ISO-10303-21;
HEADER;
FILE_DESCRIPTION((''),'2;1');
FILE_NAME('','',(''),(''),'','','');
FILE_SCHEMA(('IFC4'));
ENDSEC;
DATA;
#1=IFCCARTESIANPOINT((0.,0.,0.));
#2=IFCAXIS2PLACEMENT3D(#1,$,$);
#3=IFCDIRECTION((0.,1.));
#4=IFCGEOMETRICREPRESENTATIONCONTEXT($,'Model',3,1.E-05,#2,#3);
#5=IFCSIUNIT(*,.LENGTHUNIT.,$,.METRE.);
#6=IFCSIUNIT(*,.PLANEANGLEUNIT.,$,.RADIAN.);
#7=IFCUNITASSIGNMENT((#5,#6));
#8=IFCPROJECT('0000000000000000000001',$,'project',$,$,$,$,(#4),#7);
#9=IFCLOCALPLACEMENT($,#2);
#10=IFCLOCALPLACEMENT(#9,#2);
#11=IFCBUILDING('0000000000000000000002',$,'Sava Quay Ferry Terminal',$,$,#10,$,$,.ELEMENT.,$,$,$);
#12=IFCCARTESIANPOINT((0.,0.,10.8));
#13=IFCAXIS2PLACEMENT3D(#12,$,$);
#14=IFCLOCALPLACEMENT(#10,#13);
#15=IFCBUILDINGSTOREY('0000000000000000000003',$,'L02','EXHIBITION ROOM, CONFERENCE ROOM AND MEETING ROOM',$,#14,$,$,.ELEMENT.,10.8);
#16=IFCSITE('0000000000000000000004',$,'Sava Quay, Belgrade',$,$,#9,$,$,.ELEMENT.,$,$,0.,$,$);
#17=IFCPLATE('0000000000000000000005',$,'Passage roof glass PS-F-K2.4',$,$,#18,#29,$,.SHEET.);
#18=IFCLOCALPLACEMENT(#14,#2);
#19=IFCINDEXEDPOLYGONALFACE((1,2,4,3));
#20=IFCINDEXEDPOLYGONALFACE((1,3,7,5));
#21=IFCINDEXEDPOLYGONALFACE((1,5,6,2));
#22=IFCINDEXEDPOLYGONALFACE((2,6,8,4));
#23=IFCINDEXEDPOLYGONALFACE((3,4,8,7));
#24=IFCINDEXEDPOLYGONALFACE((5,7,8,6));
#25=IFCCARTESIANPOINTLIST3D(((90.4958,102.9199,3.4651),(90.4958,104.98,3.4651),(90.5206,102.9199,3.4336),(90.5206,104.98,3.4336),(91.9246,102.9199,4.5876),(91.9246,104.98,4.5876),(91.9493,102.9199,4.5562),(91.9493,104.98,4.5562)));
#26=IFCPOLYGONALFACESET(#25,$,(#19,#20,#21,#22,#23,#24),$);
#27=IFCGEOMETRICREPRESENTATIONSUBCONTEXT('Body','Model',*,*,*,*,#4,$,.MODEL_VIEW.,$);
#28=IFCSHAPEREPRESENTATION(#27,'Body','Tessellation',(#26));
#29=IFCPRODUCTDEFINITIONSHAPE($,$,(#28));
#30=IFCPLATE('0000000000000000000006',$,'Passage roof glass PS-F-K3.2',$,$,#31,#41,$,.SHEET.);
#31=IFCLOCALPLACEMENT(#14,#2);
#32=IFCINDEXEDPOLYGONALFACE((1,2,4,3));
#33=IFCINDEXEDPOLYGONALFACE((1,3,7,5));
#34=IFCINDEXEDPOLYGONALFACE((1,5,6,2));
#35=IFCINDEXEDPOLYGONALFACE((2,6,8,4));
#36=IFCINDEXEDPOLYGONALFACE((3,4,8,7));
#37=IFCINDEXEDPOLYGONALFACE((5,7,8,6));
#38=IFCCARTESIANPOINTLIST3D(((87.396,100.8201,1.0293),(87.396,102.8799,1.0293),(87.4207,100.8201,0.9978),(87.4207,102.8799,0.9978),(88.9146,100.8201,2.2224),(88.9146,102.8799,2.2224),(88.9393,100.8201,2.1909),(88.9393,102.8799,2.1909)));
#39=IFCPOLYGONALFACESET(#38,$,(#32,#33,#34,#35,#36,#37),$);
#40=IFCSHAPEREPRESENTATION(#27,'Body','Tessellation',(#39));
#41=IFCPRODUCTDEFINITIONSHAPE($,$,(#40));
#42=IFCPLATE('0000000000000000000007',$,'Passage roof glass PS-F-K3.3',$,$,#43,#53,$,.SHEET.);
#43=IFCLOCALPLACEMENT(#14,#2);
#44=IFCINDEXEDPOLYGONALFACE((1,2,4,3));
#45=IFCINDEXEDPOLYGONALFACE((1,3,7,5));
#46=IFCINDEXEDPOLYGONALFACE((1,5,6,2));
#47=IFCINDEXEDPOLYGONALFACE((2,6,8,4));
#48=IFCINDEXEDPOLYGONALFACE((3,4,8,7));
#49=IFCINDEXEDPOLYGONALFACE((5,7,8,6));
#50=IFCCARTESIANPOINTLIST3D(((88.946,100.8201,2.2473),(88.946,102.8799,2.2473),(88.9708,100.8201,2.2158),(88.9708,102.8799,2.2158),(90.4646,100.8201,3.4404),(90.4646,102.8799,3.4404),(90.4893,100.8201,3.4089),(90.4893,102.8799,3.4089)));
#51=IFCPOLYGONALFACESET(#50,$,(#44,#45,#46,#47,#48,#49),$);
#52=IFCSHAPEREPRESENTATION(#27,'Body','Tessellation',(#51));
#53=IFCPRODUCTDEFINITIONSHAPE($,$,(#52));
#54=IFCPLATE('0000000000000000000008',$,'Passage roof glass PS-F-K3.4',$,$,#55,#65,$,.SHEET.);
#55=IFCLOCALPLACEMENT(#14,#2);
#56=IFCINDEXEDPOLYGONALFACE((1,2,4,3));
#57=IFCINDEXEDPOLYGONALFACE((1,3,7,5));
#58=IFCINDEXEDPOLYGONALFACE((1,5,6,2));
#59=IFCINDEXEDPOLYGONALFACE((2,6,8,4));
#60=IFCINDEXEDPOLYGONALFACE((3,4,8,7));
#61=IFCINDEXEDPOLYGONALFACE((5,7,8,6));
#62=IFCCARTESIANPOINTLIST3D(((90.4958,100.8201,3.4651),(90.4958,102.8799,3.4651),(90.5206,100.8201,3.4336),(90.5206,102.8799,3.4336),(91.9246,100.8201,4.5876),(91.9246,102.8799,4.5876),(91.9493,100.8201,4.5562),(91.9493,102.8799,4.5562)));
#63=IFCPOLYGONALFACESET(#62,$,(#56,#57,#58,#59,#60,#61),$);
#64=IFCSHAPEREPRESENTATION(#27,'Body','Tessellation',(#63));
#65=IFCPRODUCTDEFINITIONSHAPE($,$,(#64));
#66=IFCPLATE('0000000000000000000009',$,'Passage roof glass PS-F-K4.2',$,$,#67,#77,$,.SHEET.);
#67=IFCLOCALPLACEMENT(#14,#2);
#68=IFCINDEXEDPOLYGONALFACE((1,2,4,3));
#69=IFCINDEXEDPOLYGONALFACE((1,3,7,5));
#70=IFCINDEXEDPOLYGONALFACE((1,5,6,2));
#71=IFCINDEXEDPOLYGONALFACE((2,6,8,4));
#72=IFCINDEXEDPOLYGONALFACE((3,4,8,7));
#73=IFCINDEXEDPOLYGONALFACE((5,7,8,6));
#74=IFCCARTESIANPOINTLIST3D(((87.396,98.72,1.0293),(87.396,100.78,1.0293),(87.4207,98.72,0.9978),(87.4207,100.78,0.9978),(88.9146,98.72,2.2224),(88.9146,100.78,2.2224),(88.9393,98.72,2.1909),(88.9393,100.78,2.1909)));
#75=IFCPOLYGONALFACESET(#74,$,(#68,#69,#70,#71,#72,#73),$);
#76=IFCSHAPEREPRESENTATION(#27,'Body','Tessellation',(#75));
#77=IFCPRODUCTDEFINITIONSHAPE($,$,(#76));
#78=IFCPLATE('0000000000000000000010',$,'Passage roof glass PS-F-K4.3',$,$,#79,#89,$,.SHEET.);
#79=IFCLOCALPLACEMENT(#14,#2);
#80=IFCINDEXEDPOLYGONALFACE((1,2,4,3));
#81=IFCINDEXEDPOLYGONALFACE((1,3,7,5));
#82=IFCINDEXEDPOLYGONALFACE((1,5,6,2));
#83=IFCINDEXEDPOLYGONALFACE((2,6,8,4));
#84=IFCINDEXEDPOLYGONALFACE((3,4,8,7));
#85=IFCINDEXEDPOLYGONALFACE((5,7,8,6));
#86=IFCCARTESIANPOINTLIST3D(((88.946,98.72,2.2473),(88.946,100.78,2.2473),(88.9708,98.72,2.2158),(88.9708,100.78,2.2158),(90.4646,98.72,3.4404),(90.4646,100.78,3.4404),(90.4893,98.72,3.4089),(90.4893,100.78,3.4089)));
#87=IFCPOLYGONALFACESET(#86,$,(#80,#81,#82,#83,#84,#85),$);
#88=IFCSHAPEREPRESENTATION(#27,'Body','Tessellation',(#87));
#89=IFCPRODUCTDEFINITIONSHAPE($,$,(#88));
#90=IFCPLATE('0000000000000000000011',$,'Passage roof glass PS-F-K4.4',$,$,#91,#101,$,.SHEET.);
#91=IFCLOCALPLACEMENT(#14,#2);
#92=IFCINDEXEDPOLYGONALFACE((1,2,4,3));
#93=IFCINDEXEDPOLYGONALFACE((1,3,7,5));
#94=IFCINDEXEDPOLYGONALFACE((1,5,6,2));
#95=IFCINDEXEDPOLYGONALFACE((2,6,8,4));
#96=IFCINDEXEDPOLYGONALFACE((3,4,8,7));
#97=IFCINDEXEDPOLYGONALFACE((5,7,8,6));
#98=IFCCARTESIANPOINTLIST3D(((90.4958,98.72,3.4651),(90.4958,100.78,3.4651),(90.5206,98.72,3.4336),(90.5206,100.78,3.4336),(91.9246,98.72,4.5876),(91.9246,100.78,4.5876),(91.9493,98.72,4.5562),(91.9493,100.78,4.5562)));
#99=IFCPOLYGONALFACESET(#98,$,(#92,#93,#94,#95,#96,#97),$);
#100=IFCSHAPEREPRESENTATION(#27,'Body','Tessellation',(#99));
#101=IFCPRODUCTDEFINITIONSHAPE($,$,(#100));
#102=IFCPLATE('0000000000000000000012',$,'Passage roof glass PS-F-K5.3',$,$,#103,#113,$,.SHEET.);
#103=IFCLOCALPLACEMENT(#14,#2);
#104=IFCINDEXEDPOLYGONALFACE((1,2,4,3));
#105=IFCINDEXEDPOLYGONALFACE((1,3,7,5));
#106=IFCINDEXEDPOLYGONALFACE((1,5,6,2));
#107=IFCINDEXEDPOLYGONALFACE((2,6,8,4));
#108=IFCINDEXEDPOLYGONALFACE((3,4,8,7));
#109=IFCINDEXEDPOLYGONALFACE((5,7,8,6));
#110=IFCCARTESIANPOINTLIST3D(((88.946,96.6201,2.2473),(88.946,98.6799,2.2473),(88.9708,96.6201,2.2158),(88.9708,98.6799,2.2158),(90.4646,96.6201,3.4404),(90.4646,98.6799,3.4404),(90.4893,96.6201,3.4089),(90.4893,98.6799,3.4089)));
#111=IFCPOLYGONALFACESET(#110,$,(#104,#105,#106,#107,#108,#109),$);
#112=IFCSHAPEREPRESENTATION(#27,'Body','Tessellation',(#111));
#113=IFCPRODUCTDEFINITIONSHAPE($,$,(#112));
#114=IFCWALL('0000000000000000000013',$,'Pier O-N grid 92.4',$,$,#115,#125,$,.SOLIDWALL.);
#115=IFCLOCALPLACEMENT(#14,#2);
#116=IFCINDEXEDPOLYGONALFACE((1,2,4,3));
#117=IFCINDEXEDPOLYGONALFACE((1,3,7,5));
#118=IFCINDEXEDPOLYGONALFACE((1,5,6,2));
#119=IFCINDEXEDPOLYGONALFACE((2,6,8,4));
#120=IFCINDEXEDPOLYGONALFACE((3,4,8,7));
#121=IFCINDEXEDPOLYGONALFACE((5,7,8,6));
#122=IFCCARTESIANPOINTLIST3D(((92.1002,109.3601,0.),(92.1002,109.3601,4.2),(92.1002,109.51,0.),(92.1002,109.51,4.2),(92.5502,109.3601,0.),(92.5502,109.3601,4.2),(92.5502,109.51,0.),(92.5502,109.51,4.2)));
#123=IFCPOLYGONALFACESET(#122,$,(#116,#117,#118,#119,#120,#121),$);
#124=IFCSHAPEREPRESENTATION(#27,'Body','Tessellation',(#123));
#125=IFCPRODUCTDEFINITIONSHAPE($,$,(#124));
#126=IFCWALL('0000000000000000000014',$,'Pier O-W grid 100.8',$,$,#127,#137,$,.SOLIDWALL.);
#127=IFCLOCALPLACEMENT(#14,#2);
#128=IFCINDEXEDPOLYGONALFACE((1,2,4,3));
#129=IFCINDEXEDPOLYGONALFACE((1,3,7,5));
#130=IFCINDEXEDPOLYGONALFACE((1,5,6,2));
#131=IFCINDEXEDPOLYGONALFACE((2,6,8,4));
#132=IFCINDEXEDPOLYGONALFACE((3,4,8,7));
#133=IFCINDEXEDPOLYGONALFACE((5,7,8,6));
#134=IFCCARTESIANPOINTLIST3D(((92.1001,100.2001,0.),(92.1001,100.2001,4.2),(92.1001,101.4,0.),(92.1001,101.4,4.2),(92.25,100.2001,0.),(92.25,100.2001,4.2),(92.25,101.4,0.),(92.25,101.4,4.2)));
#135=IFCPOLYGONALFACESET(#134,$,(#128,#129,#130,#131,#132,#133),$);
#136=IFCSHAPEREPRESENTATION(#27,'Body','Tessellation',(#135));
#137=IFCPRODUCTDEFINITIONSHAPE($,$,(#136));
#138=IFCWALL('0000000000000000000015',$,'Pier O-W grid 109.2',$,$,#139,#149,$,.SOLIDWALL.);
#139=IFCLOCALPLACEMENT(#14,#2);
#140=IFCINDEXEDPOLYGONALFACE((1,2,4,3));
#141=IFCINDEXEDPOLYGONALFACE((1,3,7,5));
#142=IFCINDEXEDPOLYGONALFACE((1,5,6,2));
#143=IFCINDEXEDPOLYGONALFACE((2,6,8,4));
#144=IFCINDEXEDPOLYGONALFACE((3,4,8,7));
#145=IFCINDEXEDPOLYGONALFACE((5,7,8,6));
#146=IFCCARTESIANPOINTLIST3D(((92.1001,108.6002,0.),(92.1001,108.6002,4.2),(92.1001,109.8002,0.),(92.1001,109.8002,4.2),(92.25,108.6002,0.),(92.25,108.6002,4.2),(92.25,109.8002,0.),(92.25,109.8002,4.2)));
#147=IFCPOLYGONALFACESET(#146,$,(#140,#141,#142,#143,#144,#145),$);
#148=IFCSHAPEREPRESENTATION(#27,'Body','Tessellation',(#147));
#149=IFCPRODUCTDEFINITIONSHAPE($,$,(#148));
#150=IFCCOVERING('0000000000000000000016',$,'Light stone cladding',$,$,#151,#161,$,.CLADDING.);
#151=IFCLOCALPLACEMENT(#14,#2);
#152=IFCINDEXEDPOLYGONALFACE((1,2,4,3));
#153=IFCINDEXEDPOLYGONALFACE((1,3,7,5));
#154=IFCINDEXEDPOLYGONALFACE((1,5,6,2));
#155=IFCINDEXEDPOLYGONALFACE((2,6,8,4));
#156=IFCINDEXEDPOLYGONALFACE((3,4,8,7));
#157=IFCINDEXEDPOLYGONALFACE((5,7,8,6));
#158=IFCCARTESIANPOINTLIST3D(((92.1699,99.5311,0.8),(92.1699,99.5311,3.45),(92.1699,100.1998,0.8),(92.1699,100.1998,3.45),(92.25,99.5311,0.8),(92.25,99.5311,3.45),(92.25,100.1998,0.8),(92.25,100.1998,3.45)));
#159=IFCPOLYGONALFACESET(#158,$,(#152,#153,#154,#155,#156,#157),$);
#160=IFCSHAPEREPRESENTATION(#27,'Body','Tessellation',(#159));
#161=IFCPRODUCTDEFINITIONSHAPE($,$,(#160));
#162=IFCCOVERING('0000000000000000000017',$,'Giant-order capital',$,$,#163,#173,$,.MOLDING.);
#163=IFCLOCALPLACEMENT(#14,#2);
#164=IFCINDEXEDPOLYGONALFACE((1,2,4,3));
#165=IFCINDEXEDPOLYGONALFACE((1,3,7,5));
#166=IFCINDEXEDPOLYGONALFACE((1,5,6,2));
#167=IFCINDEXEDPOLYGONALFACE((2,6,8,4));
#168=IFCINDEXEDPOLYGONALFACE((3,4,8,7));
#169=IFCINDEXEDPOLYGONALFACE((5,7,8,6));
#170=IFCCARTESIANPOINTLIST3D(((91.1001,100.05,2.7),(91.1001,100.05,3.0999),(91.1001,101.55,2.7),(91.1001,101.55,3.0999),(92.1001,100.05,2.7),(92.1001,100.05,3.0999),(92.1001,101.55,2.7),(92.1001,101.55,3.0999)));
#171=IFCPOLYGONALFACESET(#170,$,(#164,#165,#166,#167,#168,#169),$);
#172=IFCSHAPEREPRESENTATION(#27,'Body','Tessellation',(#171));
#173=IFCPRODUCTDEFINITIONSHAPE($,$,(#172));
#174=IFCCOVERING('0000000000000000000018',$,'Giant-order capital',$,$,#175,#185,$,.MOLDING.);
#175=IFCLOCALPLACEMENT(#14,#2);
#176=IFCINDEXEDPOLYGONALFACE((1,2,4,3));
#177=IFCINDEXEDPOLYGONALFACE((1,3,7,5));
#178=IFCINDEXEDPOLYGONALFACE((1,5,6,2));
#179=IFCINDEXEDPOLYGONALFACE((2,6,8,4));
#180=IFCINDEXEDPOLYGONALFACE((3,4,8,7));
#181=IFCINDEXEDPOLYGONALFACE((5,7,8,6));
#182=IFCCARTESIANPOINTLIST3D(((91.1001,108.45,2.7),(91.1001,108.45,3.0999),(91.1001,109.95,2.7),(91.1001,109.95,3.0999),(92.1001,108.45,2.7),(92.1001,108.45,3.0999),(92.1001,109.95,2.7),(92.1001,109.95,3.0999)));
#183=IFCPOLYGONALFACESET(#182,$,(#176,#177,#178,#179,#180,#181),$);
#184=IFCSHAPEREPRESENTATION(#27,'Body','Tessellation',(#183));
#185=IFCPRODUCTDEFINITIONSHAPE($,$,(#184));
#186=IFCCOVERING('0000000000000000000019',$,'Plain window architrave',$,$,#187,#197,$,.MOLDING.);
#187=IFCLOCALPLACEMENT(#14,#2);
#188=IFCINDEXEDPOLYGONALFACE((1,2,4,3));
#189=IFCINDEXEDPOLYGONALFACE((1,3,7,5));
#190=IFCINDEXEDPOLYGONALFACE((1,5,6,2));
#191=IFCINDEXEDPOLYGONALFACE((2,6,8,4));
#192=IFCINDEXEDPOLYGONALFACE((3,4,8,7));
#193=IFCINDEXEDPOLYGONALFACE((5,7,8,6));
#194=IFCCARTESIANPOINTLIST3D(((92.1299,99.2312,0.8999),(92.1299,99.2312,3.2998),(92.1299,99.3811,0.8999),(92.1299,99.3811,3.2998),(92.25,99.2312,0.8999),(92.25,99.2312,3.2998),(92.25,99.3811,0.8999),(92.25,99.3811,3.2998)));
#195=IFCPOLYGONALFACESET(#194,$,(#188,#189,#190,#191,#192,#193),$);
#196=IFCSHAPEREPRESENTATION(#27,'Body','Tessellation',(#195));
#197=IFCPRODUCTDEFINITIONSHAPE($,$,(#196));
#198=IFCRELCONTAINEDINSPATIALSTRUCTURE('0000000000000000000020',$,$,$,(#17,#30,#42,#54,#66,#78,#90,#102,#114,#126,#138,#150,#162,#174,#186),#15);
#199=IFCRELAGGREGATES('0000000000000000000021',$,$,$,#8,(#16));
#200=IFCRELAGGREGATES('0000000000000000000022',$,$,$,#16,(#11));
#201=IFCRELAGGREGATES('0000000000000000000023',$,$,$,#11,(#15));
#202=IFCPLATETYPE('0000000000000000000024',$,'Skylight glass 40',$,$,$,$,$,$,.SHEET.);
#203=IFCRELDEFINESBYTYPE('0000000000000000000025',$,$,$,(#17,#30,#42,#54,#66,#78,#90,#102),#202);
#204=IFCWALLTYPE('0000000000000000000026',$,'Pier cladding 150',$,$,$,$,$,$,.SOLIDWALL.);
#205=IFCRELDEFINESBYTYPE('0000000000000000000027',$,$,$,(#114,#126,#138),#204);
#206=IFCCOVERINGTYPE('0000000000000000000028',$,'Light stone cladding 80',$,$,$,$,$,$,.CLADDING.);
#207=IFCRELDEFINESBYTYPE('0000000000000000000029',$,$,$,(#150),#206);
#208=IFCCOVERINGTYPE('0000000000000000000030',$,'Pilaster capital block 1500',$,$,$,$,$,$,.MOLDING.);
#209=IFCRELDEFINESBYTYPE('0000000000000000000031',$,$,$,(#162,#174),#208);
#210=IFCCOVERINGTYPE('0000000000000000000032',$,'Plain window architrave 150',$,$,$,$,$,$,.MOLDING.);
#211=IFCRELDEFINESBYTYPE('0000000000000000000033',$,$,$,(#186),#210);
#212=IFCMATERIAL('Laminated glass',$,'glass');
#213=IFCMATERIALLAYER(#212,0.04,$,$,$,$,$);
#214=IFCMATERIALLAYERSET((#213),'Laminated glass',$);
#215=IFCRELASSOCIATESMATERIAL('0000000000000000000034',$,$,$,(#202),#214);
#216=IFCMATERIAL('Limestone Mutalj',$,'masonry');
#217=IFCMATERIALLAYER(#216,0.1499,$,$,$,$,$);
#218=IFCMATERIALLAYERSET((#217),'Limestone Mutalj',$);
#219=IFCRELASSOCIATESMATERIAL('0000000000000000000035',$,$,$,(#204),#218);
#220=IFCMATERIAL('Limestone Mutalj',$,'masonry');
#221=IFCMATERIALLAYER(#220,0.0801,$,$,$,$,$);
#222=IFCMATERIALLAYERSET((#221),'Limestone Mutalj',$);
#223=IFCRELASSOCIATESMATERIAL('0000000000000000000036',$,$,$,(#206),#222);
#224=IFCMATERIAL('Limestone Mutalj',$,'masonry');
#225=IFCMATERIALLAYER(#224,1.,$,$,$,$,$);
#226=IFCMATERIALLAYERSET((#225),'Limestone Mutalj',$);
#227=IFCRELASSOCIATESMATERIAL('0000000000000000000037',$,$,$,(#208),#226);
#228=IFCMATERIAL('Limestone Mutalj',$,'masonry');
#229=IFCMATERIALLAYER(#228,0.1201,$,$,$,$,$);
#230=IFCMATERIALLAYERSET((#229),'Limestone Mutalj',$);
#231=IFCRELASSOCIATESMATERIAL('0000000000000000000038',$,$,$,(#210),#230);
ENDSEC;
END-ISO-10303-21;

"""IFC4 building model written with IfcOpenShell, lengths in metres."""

from ifc_helpers import new_model, si_unit, direction, frame, frame_2d, origin, origin_2d, place, context, subcontext, project, spatial, polyline, rectangle, outline, extrude, material, layer, layer_set, type_object, element, save


model = new_model("IFC4")

# Units and contexts
model_context = context("Model", 3, precision=1e-05, world=origin(), true_north=direction((0.0, 1.0)))
body_context = subcontext(model_context, "Body", "Model", "MODEL_VIEW")
ifc_project = project(units=[si_unit("LENGTHUNIT", "METRE"), si_unit("PLANEANGLEUNIT", "RADIAN")], contexts=[model_context])

# Site, building, storey
site_placement = place(None, origin())
site = spatial("IfcSite", under=ifc_project, at=site_placement, Name="Sava Quay, Belgrade", CompositionType="ELEMENT", RefElevation=0.0)
building_placement = place(site_placement, origin())
building = spatial("IfcBuilding", under=site, at=building_placement, Name="Sava Quay Ferry Terminal", CompositionType="ELEMENT")
storey_placement = place(building_placement, frame((0.0, 0.0, 10.8)))
storey = spatial("IfcBuildingStorey", under=building, at=storey_placement, Name="L02", Description="EXHIBITION ROOM, CONFERENCE ROOM AND MEETING ROOM", CompositionType="ELEMENT", Elevation=10.8)

# Plates
ifc_material_1 = material(Name="Laminated glass", Category="glass")
ifc_layer_1 = layer(ifc_material_1, 0.04)
ifc_layer_set_1 = layer_set([ifc_layer_1], Name="Laminated glass")
plate_type = type_object("IfcPlateType", Name="Skylight glass 40", PredefinedType="SHEET", material=ifc_layer_set_1)
plate_1_placement = place(storey_placement, frame((90.4958, 102.9199, 3.4651), z_axis=(-0.617822, 0.0, 0.786318), x_axis=(0.0, 1.0, 0.0)))
element("IfcPlate", 1, at=plate_1_placement, inside=storey, type_object=plate_type, Name="Passage roof glass PS-F-K2.4", PredefinedType="SHEET", context=body_context, shape_type="SweptSolid", body=[
    extrude(outline(polyline([(0.0, 0.0), (2.0601, 0.0), (2.0601, -1.817), (0.0, -1.817), (0.0, 0.0)])), origin(), (0.0, 0.0, -1.0), 0.04),
])
for number, where, z_axis, x_axis, name in (
    (2, (87.396, 102.8799, 1.0293), (-0.61781, 0.0, 0.786327), (0.786327, 0.0, 0.61781), "Passage roof glass PS-F-K3.2"),
    (3, (88.946, 102.8799, 2.2473), (-0.61781, 0.0, 0.786327), (0.786327, 0.0, 0.61781), "Passage roof glass PS-F-K3.3"),
):
    element("IfcPlate", number, at=place(storey_placement, frame(where, z_axis=z_axis, x_axis=x_axis)), inside=storey, type_object=plate_type, Name=name, PredefinedType="SHEET", context=body_context, shape_type="SweptSolid", body=[
        extrude(outline(polyline([(0.0, 0.0), (1.9312, 0.0), (1.9312, -2.0598), (0.0, -2.0598), (0.0, 0.0)])), origin(), (0.0, 0.0, -1.0), 0.04),
    ])
plate_2_placement = place(storey_placement, frame((90.4958, 100.8201, 3.4651), z_axis=(-0.617822, 0.0, 0.786318), x_axis=(0.0, 1.0, 0.0)))
element("IfcPlate", 4, at=plate_2_placement, inside=storey, type_object=plate_type, Name="Passage roof glass PS-F-K3.4", PredefinedType="SHEET", context=body_context, shape_type="SweptSolid", body=[
    extrude(outline(polyline([(0.0, 0.0), (2.0598, 0.0), (2.0598, -1.817), (0.0, -1.817), (0.0, 0.0)])), origin(), (0.0, 0.0, -1.0), 0.04),
])
for number, where, z_axis, x_axis, name in (
    (5, (87.396, 100.78, 1.0293), (-0.61781, 0.0, 0.786327), (0.786327, 0.0, 0.61781), "Passage roof glass PS-F-K4.2"),
    (6, (88.946, 100.78, 2.2473), (-0.61781, 0.0, 0.786327), (0.786327, 0.0, 0.61781), "Passage roof glass PS-F-K4.3"),
):
    element("IfcPlate", number, at=place(storey_placement, frame(where, z_axis=z_axis, x_axis=x_axis)), inside=storey, type_object=plate_type, Name=name, PredefinedType="SHEET", context=body_context, shape_type="SweptSolid", body=[
        extrude(outline(polyline([(0.0, 0.0), (1.9312, 0.0), (1.9312, -2.0601), (0.0, -2.0601), (0.0, 0.0)])), origin(), (0.0, 0.0, -1.0), 0.04),
    ])
plate_3_placement = place(storey_placement, frame((90.4958, 98.72, 3.4651), z_axis=(-0.617822, 0.0, 0.786318), x_axis=(0.0, 1.0, 0.0)))
element("IfcPlate", 7, at=plate_3_placement, inside=storey, type_object=plate_type, Name="Passage roof glass PS-F-K4.4", PredefinedType="SHEET", context=body_context, shape_type="SweptSolid", body=[
    extrude(outline(polyline([(0.0, 0.0), (2.0601, 0.0), (2.0601, -1.817), (0.0, -1.817), (0.0, 0.0)])), origin(), (0.0, 0.0, -1.0), 0.04),
])
plate_4_placement = place(storey_placement, frame((88.946, 98.6799, 2.2473), z_axis=(-0.61781, 0.0, 0.786327), x_axis=(0.786327, 0.0, 0.61781)))
element("IfcPlate", 8, at=plate_4_placement, inside=storey, type_object=plate_type, Name="Passage roof glass PS-F-K5.3", PredefinedType="SHEET", context=body_context, shape_type="SweptSolid", body=[
    extrude(outline(polyline([(0.0, 0.0), (1.9312, 0.0), (1.9312, -2.0598), (0.0, -2.0598), (0.0, 0.0)])), origin(), (0.0, 0.0, -1.0), 0.04),
])

# Walls
ifc_material_2 = material(Name="Limestone Mutalj", Category="masonry")
ifc_layer_2 = layer(ifc_material_2, 0.1499)
ifc_layer_set_2 = layer_set([ifc_layer_2], Name="Limestone Mutalj")
wall_type = type_object("IfcWallType", Name="Pier cladding 150", PredefinedType="SOLIDWALL", material=ifc_layer_set_2)
wall_placement = place(storey_placement, frame((92.1001, 109.4351, 0.0), z_axis=(0.0, 0.0, 1.0), x_axis=(1.0, 0.0, 0.0)))
element("IfcWall", 9, at=wall_placement, inside=storey, type_object=wall_type, Name="Pier O-N grid 92.4", PredefinedType="SOLIDWALL", context=body_context, shape_type="SweptSolid", body=[
    extrude(rectangle(XDim=0.45, YDim=0.1499, at=frame_2d((0.2251, 0.0))), origin(), (0.0, 0.0, 1.0), 4.2),
])
for number, where, z_axis, x_axis, name in (
    (10, (92.175, 100.2, 0.0), (0.0, 0.0, 1.0), (0.0, 1.0, 0.0), "Pier O-W grid 100.8"),
    (11, (92.175, 108.6001, 0.0), (0.0, 0.0, 1.0), (0.0, 1.0, 0.0), "Pier O-W grid 109.2"),
):
    element("IfcWall", number, at=place(storey_placement, frame(where, z_axis=z_axis, x_axis=x_axis)), inside=storey, type_object=wall_type, Name=name, PredefinedType="SOLIDWALL", context=body_context, shape_type="SweptSolid", body=[
        extrude(rectangle(XDim=1.2, YDim=0.1499, at=frame_2d((0.6001, 0.0))), origin(), (0.0, 0.0, 1.0), 4.2),
    ])

# Coverings
ifc_material_3 = material(Name="Limestone Mutalj", Category="masonry")
ifc_layer_3 = layer(ifc_material_3, 0.0801)
ifc_layer_set_3 = layer_set([ifc_layer_3], Name="Limestone Mutalj")
covering_type_1 = type_object("IfcCoveringType", Name="Light stone cladding 80", PredefinedType="CLADDING", material=ifc_layer_set_3)
covering_1_placement = place(storey_placement, frame((92.21, 99.8655, 0.8), z_axis=(0.0, 0.0, 1.0), x_axis=(1.0, 0.0, 0.0)))
element("IfcCovering", 12, at=covering_1_placement, inside=storey, type_object=covering_type_1, Name="Light stone cladding", PredefinedType="CLADDING", context=body_context, shape_type="SweptSolid", body=[
    extrude(rectangle(XDim=0.0801, YDim=0.6687, at=origin_2d()), origin(), (0.0, 0.0, 1.0), 2.6499),
])
ifc_material_4 = material(Name="Limestone Mutalj", Category="masonry")
ifc_layer_4 = layer(ifc_material_4, 1.0)
ifc_layer_set_4 = layer_set([ifc_layer_4], Name="Limestone Mutalj")
covering_type_2 = type_object("IfcCoveringType", Name="Pilaster capital block 1500", PredefinedType="MOLDING", material=ifc_layer_set_4)
for number, where, z_axis, x_axis, name in (
    (13, (91.6001, 100.8, 2.7), (0.0, 0.0, 1.0), (1.0, 0.0, 0.0), "Giant-order capital"),
    (14, (91.6001, 109.2, 2.7), (0.0, 0.0, 1.0), (1.0, 0.0, 0.0), "Giant-order capital"),
):
    element("IfcCovering", number, at=place(storey_placement, frame(where, z_axis=z_axis, x_axis=x_axis)), inside=storey, type_object=covering_type_2, Name=name, PredefinedType="MOLDING", context=body_context, shape_type="SweptSolid", body=[
        extrude(rectangle(XDim=1.0, YDim=1.5, at=origin_2d()), origin(), (0.0, 0.0, 1.0), 0.3999),
    ])
ifc_material_5 = material(Name="Limestone Mutalj", Category="masonry")
ifc_layer_5 = layer(ifc_material_5, 0.1201)
ifc_layer_set_5 = layer_set([ifc_layer_5], Name="Limestone Mutalj")
covering_type_3 = type_object("IfcCoveringType", Name="Plain window architrave 150", PredefinedType="MOLDING", material=ifc_layer_set_5)
covering_2_placement = place(storey_placement, frame((92.1899, 99.3062, 0.8999), z_axis=(0.0, 0.0, 1.0), x_axis=(1.0, 0.0, 0.0)))
element("IfcCovering", 15, at=covering_2_placement, inside=storey, type_object=covering_type_3, Name="Plain window architrave", PredefinedType="MOLDING", context=body_context, shape_type="SweptSolid", body=[
    extrude(rectangle(XDim=0.1201, YDim=0.1499, at=origin_2d()), origin(), (0.0, 0.0, 1.0), 2.3999),
])

save(model, "model.ifc")
